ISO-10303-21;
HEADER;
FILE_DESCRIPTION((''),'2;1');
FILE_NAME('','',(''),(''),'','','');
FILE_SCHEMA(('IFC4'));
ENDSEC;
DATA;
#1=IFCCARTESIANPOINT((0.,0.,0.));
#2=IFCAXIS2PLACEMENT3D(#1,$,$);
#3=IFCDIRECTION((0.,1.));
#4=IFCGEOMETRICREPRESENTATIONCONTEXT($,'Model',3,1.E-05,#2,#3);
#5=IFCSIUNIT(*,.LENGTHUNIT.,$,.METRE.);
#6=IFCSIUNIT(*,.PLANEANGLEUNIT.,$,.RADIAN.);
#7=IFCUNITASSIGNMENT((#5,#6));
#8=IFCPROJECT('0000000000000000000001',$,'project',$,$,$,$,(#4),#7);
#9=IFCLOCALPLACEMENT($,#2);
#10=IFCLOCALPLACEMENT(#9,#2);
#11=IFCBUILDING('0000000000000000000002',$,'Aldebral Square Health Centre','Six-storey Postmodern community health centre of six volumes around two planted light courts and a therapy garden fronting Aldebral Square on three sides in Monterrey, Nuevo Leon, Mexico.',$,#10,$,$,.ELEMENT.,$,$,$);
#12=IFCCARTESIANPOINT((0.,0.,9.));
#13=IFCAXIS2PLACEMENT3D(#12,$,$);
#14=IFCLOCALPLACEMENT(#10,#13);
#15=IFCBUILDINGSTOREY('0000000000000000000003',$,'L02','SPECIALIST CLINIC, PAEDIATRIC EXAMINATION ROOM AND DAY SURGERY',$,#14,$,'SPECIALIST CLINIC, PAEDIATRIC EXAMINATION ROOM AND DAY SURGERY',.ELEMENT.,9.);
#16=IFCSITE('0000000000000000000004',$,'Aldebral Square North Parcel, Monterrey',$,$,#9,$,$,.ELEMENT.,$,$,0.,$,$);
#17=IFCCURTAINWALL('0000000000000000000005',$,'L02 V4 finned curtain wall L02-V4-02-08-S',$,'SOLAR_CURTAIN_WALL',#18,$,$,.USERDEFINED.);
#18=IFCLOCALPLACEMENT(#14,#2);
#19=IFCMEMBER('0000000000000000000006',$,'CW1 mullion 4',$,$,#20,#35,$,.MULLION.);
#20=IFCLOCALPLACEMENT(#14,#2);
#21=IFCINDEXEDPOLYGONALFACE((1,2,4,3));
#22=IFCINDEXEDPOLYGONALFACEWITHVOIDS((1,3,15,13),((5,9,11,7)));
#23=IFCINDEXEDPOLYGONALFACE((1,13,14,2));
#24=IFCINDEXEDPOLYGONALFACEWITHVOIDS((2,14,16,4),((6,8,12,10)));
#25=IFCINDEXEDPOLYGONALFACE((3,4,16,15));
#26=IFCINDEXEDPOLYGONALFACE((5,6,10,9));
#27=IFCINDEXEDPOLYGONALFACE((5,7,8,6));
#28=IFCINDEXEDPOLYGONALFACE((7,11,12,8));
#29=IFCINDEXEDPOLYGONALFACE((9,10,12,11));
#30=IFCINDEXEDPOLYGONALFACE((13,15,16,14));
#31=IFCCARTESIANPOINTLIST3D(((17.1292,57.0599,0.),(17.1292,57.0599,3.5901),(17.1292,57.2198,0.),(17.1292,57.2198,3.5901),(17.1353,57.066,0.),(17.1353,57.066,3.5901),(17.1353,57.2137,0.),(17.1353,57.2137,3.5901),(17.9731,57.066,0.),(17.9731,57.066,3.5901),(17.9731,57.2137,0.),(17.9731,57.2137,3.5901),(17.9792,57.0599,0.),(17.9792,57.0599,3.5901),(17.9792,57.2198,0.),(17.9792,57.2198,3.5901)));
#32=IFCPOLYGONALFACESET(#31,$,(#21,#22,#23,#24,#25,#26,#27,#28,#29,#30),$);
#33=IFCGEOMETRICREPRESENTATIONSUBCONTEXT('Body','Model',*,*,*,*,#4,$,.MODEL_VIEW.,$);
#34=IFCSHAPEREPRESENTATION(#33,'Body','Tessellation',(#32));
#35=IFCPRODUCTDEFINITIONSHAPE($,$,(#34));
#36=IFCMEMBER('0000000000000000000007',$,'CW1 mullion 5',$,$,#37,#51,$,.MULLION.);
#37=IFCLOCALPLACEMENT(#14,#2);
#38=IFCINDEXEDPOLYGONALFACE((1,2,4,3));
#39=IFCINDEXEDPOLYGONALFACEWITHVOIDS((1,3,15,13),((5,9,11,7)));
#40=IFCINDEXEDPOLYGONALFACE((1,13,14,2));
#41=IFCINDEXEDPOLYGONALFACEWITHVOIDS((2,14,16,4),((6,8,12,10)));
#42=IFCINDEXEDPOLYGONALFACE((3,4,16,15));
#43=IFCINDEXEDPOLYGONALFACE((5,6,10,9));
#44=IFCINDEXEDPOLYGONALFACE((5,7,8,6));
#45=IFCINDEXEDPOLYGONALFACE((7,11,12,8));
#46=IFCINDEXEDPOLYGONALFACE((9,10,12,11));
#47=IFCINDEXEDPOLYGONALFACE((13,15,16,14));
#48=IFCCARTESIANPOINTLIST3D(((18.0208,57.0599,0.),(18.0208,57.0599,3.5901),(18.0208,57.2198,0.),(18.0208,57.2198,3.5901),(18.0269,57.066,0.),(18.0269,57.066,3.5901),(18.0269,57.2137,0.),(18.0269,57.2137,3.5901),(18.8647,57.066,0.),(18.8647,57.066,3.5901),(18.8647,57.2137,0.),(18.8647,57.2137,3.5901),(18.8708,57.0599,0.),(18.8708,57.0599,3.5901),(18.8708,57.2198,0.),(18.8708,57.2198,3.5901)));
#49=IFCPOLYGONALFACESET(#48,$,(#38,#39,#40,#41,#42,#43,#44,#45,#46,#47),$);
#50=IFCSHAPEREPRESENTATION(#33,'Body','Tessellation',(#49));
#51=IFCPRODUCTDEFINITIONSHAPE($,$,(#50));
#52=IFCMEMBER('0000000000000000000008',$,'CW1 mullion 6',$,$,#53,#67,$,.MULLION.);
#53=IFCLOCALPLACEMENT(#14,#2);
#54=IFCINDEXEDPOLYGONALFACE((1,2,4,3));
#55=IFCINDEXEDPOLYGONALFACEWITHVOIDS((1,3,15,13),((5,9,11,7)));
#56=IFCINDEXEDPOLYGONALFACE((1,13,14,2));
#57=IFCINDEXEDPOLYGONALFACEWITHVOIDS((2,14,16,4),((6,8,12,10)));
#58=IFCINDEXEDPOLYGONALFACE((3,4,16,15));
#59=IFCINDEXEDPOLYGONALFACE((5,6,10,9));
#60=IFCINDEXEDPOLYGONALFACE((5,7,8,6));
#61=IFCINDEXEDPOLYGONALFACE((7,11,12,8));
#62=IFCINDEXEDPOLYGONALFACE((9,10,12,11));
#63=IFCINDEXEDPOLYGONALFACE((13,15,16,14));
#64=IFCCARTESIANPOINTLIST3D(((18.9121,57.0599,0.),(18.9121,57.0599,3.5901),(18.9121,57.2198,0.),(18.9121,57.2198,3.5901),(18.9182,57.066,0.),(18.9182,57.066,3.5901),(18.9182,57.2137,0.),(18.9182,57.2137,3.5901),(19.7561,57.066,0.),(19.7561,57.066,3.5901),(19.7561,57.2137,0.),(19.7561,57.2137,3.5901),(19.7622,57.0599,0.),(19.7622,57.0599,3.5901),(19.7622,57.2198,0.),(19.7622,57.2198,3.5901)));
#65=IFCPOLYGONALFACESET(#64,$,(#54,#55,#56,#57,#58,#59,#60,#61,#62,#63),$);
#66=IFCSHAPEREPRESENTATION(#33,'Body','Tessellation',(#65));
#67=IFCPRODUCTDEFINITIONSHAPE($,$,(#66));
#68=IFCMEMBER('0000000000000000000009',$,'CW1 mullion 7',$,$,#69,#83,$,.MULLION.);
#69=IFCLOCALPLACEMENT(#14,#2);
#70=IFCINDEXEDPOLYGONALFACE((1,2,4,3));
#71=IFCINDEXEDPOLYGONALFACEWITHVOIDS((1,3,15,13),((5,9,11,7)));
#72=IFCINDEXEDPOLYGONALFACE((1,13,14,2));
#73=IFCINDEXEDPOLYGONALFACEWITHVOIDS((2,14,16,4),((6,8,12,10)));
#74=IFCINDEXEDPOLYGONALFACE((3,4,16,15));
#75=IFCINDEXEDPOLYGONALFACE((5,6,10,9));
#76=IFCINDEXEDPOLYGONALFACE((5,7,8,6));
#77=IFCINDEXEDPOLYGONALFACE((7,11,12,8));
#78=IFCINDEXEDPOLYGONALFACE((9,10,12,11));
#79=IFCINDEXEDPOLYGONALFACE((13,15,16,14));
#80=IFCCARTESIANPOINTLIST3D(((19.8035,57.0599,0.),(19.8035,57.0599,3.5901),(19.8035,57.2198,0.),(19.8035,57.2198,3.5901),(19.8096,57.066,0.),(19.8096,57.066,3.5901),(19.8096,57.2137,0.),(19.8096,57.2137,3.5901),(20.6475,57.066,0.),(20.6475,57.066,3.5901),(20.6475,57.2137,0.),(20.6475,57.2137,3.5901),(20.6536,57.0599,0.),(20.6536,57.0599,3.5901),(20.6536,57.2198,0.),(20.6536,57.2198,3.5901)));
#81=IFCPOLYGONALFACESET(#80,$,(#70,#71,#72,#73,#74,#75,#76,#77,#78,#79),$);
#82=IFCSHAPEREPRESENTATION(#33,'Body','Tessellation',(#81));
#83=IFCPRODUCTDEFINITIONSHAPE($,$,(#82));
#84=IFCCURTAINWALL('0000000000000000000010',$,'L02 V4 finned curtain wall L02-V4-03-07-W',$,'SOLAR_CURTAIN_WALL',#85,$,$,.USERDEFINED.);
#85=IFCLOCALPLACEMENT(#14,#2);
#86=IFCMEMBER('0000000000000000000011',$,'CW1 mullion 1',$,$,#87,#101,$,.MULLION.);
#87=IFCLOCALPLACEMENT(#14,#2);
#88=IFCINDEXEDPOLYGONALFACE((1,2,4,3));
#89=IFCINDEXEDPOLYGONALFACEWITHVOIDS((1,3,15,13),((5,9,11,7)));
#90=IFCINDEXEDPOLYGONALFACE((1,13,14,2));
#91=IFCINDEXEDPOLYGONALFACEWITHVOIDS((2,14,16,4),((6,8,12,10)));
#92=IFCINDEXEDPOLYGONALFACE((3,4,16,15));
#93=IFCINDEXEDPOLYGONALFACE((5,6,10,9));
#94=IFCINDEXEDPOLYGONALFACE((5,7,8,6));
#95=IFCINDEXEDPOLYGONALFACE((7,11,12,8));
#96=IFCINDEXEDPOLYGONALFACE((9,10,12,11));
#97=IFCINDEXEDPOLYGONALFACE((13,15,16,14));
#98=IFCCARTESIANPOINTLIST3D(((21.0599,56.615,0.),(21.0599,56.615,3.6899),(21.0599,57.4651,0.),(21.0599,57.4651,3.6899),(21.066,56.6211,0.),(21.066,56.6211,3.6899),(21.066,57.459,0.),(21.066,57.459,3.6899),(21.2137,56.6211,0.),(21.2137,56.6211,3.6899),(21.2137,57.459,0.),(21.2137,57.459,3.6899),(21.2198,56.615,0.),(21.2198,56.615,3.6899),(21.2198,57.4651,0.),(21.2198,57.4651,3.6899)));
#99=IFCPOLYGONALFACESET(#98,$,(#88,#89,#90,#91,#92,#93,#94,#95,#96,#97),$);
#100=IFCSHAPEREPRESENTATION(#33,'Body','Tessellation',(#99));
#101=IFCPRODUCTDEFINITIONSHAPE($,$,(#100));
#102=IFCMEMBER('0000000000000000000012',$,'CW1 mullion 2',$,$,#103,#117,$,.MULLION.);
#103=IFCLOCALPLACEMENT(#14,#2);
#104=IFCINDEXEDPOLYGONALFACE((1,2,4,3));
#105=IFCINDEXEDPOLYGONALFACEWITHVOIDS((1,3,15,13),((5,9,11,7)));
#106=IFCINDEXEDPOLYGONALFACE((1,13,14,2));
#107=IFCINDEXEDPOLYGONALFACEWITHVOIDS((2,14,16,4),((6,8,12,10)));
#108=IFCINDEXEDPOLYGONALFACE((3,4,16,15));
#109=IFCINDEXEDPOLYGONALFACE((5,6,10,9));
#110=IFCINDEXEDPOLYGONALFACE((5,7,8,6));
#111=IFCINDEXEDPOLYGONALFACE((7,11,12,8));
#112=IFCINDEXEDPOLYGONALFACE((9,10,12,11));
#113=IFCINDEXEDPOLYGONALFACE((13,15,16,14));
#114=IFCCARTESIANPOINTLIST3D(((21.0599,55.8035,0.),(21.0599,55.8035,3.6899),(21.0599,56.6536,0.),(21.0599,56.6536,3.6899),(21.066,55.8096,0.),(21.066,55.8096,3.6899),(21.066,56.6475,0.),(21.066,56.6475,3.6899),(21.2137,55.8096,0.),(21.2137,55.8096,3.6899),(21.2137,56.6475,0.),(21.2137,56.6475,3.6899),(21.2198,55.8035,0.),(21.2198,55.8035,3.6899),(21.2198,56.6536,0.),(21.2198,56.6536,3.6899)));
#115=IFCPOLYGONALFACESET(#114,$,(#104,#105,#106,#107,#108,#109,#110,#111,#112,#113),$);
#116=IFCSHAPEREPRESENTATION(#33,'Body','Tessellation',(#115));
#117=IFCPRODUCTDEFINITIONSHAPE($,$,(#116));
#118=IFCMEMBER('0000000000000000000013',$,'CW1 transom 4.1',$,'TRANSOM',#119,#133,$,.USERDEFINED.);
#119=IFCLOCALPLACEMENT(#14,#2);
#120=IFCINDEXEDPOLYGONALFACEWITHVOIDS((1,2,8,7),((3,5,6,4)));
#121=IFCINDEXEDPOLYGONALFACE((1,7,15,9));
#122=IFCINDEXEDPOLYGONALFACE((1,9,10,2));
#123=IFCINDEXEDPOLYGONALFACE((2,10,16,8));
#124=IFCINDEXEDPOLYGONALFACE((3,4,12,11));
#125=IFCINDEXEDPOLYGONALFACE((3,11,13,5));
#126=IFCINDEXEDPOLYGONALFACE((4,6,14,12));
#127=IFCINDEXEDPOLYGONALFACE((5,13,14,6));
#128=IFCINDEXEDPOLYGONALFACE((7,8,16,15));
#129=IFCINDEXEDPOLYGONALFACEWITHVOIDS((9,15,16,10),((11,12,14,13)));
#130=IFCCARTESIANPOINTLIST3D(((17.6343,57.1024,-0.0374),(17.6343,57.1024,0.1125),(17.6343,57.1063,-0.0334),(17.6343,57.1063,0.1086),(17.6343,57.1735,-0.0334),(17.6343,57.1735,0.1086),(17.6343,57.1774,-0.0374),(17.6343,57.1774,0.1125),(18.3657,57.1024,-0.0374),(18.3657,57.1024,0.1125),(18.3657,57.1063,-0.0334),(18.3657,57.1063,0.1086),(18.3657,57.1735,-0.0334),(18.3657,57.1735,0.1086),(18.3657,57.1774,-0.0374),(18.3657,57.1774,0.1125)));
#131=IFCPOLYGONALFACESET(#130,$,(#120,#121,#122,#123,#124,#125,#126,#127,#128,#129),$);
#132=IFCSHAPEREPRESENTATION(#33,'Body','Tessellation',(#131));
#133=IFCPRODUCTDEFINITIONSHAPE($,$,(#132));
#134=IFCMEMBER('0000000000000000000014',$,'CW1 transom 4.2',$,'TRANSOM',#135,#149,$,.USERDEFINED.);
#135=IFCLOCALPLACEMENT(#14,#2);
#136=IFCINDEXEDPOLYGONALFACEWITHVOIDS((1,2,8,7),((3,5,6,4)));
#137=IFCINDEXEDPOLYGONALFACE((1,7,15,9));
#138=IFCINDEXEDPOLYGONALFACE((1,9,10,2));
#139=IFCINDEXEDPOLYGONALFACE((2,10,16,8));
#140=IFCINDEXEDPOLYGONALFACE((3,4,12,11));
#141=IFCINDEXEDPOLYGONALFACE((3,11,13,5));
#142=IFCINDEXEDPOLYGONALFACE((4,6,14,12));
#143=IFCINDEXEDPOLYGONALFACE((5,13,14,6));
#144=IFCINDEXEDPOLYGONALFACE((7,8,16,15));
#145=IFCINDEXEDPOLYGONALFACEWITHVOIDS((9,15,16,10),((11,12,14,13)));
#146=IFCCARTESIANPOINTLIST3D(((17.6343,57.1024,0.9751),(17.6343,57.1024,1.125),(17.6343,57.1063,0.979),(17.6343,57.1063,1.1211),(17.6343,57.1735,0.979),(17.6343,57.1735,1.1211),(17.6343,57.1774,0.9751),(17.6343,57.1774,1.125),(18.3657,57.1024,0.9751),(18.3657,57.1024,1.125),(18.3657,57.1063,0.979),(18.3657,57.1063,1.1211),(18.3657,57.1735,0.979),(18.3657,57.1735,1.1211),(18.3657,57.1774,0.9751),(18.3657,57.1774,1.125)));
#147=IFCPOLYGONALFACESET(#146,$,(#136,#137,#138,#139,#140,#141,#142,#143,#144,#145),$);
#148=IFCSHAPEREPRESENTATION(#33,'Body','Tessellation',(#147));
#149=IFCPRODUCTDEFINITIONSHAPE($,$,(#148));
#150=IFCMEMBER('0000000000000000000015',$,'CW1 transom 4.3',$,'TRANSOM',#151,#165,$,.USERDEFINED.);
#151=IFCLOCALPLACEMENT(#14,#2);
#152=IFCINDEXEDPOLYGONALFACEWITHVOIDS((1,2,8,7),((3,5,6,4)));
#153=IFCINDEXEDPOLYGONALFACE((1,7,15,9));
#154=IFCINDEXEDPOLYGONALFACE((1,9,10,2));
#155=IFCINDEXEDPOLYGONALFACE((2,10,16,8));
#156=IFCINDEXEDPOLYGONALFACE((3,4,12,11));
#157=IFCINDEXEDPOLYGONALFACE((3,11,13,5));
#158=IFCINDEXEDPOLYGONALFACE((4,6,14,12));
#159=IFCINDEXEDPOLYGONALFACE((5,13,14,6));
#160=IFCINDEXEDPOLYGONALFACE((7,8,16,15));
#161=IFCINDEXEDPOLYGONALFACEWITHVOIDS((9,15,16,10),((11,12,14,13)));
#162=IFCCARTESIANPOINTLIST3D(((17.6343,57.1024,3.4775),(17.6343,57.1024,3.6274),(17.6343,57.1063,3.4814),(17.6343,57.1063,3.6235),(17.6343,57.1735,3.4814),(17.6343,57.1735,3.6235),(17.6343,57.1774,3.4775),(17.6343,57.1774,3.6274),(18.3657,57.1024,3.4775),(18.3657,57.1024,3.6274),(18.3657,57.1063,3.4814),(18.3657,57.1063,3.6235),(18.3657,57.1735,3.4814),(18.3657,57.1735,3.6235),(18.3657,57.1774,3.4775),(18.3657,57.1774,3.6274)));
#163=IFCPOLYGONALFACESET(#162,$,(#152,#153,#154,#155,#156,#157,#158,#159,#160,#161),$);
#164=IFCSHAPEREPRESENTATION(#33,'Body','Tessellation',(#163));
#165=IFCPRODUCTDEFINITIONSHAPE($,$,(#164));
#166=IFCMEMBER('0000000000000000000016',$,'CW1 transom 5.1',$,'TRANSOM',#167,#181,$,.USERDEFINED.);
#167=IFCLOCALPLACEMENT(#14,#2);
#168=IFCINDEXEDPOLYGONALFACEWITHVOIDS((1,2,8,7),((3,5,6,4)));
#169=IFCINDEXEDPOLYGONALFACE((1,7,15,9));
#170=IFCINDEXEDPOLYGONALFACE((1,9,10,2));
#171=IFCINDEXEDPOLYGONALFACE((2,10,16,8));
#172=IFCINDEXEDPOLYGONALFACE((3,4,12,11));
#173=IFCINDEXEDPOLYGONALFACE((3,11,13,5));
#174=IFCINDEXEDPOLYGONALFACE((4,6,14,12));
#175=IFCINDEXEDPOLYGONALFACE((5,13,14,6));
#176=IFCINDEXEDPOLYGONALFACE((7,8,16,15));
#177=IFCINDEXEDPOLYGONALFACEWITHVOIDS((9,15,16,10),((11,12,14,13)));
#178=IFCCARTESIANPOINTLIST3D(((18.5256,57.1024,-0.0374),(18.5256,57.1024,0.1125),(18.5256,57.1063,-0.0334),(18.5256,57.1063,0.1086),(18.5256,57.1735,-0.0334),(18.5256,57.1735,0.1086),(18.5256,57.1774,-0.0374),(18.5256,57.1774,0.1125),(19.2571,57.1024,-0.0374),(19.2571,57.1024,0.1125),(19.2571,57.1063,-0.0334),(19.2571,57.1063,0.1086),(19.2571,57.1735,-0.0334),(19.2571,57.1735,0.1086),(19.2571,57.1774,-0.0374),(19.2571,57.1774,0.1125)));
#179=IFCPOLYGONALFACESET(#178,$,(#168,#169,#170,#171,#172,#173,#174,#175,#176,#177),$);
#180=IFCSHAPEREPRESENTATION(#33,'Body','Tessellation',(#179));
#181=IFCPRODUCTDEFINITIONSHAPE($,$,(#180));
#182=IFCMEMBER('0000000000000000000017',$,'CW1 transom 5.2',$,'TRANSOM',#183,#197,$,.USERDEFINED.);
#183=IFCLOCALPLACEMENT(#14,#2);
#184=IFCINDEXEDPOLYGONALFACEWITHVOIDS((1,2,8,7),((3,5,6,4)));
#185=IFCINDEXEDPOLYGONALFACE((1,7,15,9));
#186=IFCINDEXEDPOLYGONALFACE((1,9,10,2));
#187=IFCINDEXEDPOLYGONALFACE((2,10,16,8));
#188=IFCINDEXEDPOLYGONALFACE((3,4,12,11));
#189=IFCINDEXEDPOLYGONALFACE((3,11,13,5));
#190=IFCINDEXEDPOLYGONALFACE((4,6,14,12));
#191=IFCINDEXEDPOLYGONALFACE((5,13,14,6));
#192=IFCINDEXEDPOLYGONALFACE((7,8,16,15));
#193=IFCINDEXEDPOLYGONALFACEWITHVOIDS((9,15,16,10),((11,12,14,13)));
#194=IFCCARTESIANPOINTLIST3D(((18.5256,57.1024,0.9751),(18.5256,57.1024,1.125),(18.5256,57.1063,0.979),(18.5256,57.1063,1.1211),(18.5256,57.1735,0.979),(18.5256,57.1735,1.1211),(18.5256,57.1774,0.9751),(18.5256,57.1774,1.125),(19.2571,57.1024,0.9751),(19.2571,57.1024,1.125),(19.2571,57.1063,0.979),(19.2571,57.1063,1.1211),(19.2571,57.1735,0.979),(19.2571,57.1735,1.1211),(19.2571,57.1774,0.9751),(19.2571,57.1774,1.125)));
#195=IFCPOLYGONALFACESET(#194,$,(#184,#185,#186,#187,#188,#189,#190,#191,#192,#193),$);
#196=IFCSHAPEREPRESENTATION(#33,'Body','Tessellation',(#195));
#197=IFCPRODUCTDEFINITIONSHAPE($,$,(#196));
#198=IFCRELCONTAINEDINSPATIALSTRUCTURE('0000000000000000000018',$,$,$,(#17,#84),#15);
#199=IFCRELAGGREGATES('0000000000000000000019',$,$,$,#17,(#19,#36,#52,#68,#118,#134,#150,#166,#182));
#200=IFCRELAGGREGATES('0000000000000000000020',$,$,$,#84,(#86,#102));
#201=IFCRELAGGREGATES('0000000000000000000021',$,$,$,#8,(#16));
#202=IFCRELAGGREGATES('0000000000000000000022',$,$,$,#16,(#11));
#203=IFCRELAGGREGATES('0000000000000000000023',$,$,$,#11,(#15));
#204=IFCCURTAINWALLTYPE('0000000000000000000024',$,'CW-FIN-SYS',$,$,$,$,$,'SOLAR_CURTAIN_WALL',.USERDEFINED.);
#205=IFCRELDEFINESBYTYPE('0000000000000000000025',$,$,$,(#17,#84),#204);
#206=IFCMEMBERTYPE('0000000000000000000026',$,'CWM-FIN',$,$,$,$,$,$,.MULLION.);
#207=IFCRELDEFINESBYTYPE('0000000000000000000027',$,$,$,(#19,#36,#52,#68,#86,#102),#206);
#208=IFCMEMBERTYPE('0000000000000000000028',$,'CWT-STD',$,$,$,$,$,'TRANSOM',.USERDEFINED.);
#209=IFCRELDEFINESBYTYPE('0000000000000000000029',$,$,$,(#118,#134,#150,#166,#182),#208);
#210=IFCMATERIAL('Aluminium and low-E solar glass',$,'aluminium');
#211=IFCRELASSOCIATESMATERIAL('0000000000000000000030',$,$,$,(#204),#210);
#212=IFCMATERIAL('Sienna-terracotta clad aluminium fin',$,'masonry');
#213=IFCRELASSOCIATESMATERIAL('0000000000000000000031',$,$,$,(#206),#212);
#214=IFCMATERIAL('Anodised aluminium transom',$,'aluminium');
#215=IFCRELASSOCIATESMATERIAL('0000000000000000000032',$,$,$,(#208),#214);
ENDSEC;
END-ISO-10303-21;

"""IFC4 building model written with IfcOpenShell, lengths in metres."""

from ifc_helpers import new_model, si_unit, direction, frame, origin, origin_2d, place, context, subcontext, project, spatial, hollow_rectangle, extrude, material, material_profile, profile_set, type_object, element, aggregate, save


model = new_model("IFC4")

# Units and contexts
model_context = context("Model", 3, precision=1e-05, world=origin(), true_north=direction((0.0, 1.0)))
body_context = subcontext(model_context, "Body", "Model", "MODEL_VIEW")
ifc_project = project(units=[si_unit("LENGTHUNIT", "METRE"), si_unit("PLANEANGLEUNIT", "RADIAN")], contexts=[model_context])

# Site, building, storey
site_placement = place(None, origin())
site = spatial("IfcSite", under=ifc_project, at=site_placement, Name="Aldebral Square North Parcel, Monterrey", CompositionType="ELEMENT", RefElevation=0.0)
building_placement = place(site_placement, origin())
building = spatial("IfcBuilding", under=site, at=building_placement, Name="Aldebral Square Health Centre", Description="Six-storey Postmodern community health centre of six volumes around two planted light courts and a therapy garden fronting Aldebral Square on three sides in Monterrey, Nuevo Leon, Mexico.", CompositionType="ELEMENT")
storey_placement = place(building_placement, frame((0.0, 0.0, 9.0)))
storey = spatial("IfcBuildingStorey", under=building, at=storey_placement, Name="L02", Description="SPECIALIST CLINIC, PAEDIATRIC EXAMINATION ROOM AND DAY SURGERY", LongName="SPECIALIST CLINIC, PAEDIATRIC EXAMINATION ROOM AND DAY SURGERY", CompositionType="ELEMENT", Elevation=9.0)

# Curtain walls, members
ifc_material_1 = material(Name="Aluminium and low-E solar glass", Category="aluminium")
curtain_wall_type = type_object("IfcCurtainWallType", Name="CW-FIN-SYS", ElementType="SOLAR_CURTAIN_WALL", PredefinedType="USERDEFINED", material=ifc_material_1)
curtain_wall_1_placement = place(storey_placement, origin())
curtain_wall_1 = element("IfcCurtainWall", 1, at=curtain_wall_1_placement, inside=storey, type_object=curtain_wall_type, Name="L02 V4 finned curtain wall L02-V4-02-08-S", ObjectType="SOLAR_CURTAIN_WALL", PredefinedType="USERDEFINED")
ifc_material_2 = material(Name="Sienna-terracotta clad aluminium fin", Category="masonry")
ifc_material_profile_1 = material_profile(ifc_material_2, hollow_rectangle(XDim=0.1599, YDim=0.8501, WallThickness=0.0061, at=origin_2d()), Name="FIN 160x850x6")
ifc_profile_set_1 = profile_set([ifc_material_profile_1], Name="Sienna-terracotta clad aluminium fin")
member_type_1 = type_object("IfcMemberType", Name="CWM-FIN", PredefinedType="MULLION", material=ifc_profile_set_1)
member_1_placement = place(storey_placement, frame((17.5542, 57.1399, 0.0), z_axis=(0.0, 0.0, 1.0), x_axis=(0.0, 1.0, 0.0)))
member_1 = element("IfcMember", 2, at=member_1_placement, type_object=member_type_1, Name="CW1 mullion 4", PredefinedType="MULLION", context=body_context, shape_type="SweptSolid", body=[
    extrude(hollow_rectangle(XDim=0.1599, YDim=0.8501, WallThickness=0.0061, at=origin_2d()), origin(), (0.0, 0.0, 1.0), 3.5901),
])
member_2_placement = place(storey_placement, frame((18.4458, 57.1399, 0.0), z_axis=(0.0, 0.0, 1.0), x_axis=(0.0, 1.0, 0.0)))
member_2 = element("IfcMember", 3, at=member_2_placement, type_object=member_type_1, Name="CW1 mullion 5", PredefinedType="MULLION", context=body_context, shape_type="SweptSolid", body=[
    extrude(hollow_rectangle(XDim=0.1599, YDim=0.8501, WallThickness=0.0061, at=origin_2d()), origin(), (0.0, 0.0, 1.0), 3.5901),
])
member_3_placement = place(storey_placement, frame((19.3372, 57.1399, 0.0), z_axis=(0.0, 0.0, 1.0), x_axis=(0.0, 1.0, 0.0)))
member_3 = element("IfcMember", 4, at=member_3_placement, type_object=member_type_1, Name="CW1 mullion 6", PredefinedType="MULLION", context=body_context, shape_type="SweptSolid", body=[
    extrude(hollow_rectangle(XDim=0.1599, YDim=0.8501, WallThickness=0.0061, at=origin_2d()), origin(), (0.0, 0.0, 1.0), 3.5901),
])
member_4_placement = place(storey_placement, frame((20.2285, 57.1399, 0.0), z_axis=(0.0, 0.0, 1.0), x_axis=(0.0, 1.0, 0.0)))
member_4 = element("IfcMember", 5, at=member_4_placement, type_object=member_type_1, Name="CW1 mullion 7", PredefinedType="MULLION", context=body_context, shape_type="SweptSolid", body=[
    extrude(hollow_rectangle(XDim=0.1599, YDim=0.8501, WallThickness=0.0061, at=origin_2d()), origin(), (0.0, 0.0, 1.0), 3.5901),
])
curtain_wall_2_placement = place(storey_placement, origin())
curtain_wall_2 = element("IfcCurtainWall", 6, at=curtain_wall_2_placement, inside=storey, type_object=curtain_wall_type, Name="L02 V4 finned curtain wall L02-V4-03-07-W", ObjectType="SOLAR_CURTAIN_WALL", PredefinedType="USERDEFINED")
member_5_placement = place(storey_placement, frame((21.1399, 57.04, 0.0), z_axis=(0.0, 0.0, 1.0), x_axis=(1.0, 0.0, 0.0)))
member_5 = element("IfcMember", 7, at=member_5_placement, type_object=member_type_1, Name="CW1 mullion 1", PredefinedType="MULLION", context=body_context, shape_type="SweptSolid", body=[
    extrude(hollow_rectangle(XDim=0.1599, YDim=0.8501, WallThickness=0.0061, at=origin_2d()), origin(), (0.0, 0.0, 1.0), 3.6899),
])
member_6_placement = place(storey_placement, frame((21.1399, 56.2285, 0.0), z_axis=(0.0, 0.0, 1.0), x_axis=(1.0, 0.0, 0.0)))
member_6 = element("IfcMember", 8, at=member_6_placement, type_object=member_type_1, Name="CW1 mullion 2", PredefinedType="MULLION", context=body_context, shape_type="SweptSolid", body=[
    extrude(hollow_rectangle(XDim=0.1599, YDim=0.8501, WallThickness=0.0061, at=origin_2d()), origin(), (0.0, 0.0, 1.0), 3.6899),
])

# Members
ifc_material_3 = material(Name="Anodised aluminium transom", Category="aluminium")
ifc_material_profile_2 = material_profile(ifc_material_3, hollow_rectangle(XDim=0.075, YDim=0.1499, WallThickness=0.0039, at=origin_2d()), Name="CWT 75x150x4")
ifc_profile_set_2 = profile_set([ifc_material_profile_2], Name="Anodised aluminium transom")
member_type_2 = type_object("IfcMemberType", Name="CWT-STD", ElementType="TRANSOM", PredefinedType="USERDEFINED", material=ifc_profile_set_2)
member_7_placement = place(storey_placement, frame((17.6343, 57.1399, 0.0376), z_axis=(1.0, 0.0, 0.0), x_axis=(0.0, 1.0, 0.0)))
member_7 = element("IfcMember", 9, at=member_7_placement, type_object=member_type_2, Name="CW1 transom 4.1", ObjectType="TRANSOM", PredefinedType="USERDEFINED", context=body_context, shape_type="SweptSolid", body=[
    extrude(hollow_rectangle(XDim=0.075, YDim=0.1499, WallThickness=0.0039, at=origin_2d()), origin(), (0.0, 0.0, 1.0), 0.7314),
])
member_8_placement = place(storey_placement, frame((17.6343, 57.1399, 1.05), z_axis=(1.0, 0.0, 0.0), x_axis=(0.0, 1.0, 0.0)))
member_8 = element("IfcMember", 10, at=member_8_placement, type_object=member_type_2, Name="CW1 transom 4.2", ObjectType="TRANSOM", PredefinedType="USERDEFINED", context=body_context, shape_type="SweptSolid", body=[
    extrude(hollow_rectangle(XDim=0.075, YDim=0.1499, WallThickness=0.0039, at=origin_2d()), origin(), (0.0, 0.0, 1.0), 0.7314),
])
member_9_placement = place(storey_placement, frame((17.6343, 57.1399, 3.5525), z_axis=(1.0, 0.0, 0.0), x_axis=(0.0, 1.0, 0.0)))
member_9 = element("IfcMember", 11, at=member_9_placement, type_object=member_type_2, Name="CW1 transom 4.3", ObjectType="TRANSOM", PredefinedType="USERDEFINED", context=body_context, shape_type="SweptSolid", body=[
    extrude(hollow_rectangle(XDim=0.075, YDim=0.1499, WallThickness=0.0039, at=origin_2d()), origin(), (0.0, 0.0, 1.0), 0.7314),
])
member_10_placement = place(storey_placement, frame((18.5256, 57.1399, 0.0376), z_axis=(1.0, 0.0, 0.0), x_axis=(0.0, 1.0, 0.0)))
member_10 = element("IfcMember", 12, at=member_10_placement, type_object=member_type_2, Name="CW1 transom 5.1", ObjectType="TRANSOM", PredefinedType="USERDEFINED", context=body_context, shape_type="SweptSolid", body=[
    extrude(hollow_rectangle(XDim=0.075, YDim=0.1499, WallThickness=0.0039, at=origin_2d()), origin(), (0.0, 0.0, 1.0), 0.7314),
])
member_11_placement = place(storey_placement, frame((18.5256, 57.1399, 1.05), z_axis=(1.0, 0.0, 0.0), x_axis=(0.0, 1.0, 0.0)))
member_11 = element("IfcMember", 13, at=member_11_placement, type_object=member_type_2, Name="CW1 transom 5.2", ObjectType="TRANSOM", PredefinedType="USERDEFINED", context=body_context, shape_type="SweptSolid", body=[
    extrude(hollow_rectangle(XDim=0.075, YDim=0.1499, WallThickness=0.0039, at=origin_2d()), origin(), (0.0, 0.0, 1.0), 0.7314),
])

aggregate(curtain_wall_1, [member_1, member_2, member_3, member_4, member_7, member_8, member_9, member_10, member_11])
aggregate(curtain_wall_2, [member_5, member_6])

save(model, "model.ifc")
